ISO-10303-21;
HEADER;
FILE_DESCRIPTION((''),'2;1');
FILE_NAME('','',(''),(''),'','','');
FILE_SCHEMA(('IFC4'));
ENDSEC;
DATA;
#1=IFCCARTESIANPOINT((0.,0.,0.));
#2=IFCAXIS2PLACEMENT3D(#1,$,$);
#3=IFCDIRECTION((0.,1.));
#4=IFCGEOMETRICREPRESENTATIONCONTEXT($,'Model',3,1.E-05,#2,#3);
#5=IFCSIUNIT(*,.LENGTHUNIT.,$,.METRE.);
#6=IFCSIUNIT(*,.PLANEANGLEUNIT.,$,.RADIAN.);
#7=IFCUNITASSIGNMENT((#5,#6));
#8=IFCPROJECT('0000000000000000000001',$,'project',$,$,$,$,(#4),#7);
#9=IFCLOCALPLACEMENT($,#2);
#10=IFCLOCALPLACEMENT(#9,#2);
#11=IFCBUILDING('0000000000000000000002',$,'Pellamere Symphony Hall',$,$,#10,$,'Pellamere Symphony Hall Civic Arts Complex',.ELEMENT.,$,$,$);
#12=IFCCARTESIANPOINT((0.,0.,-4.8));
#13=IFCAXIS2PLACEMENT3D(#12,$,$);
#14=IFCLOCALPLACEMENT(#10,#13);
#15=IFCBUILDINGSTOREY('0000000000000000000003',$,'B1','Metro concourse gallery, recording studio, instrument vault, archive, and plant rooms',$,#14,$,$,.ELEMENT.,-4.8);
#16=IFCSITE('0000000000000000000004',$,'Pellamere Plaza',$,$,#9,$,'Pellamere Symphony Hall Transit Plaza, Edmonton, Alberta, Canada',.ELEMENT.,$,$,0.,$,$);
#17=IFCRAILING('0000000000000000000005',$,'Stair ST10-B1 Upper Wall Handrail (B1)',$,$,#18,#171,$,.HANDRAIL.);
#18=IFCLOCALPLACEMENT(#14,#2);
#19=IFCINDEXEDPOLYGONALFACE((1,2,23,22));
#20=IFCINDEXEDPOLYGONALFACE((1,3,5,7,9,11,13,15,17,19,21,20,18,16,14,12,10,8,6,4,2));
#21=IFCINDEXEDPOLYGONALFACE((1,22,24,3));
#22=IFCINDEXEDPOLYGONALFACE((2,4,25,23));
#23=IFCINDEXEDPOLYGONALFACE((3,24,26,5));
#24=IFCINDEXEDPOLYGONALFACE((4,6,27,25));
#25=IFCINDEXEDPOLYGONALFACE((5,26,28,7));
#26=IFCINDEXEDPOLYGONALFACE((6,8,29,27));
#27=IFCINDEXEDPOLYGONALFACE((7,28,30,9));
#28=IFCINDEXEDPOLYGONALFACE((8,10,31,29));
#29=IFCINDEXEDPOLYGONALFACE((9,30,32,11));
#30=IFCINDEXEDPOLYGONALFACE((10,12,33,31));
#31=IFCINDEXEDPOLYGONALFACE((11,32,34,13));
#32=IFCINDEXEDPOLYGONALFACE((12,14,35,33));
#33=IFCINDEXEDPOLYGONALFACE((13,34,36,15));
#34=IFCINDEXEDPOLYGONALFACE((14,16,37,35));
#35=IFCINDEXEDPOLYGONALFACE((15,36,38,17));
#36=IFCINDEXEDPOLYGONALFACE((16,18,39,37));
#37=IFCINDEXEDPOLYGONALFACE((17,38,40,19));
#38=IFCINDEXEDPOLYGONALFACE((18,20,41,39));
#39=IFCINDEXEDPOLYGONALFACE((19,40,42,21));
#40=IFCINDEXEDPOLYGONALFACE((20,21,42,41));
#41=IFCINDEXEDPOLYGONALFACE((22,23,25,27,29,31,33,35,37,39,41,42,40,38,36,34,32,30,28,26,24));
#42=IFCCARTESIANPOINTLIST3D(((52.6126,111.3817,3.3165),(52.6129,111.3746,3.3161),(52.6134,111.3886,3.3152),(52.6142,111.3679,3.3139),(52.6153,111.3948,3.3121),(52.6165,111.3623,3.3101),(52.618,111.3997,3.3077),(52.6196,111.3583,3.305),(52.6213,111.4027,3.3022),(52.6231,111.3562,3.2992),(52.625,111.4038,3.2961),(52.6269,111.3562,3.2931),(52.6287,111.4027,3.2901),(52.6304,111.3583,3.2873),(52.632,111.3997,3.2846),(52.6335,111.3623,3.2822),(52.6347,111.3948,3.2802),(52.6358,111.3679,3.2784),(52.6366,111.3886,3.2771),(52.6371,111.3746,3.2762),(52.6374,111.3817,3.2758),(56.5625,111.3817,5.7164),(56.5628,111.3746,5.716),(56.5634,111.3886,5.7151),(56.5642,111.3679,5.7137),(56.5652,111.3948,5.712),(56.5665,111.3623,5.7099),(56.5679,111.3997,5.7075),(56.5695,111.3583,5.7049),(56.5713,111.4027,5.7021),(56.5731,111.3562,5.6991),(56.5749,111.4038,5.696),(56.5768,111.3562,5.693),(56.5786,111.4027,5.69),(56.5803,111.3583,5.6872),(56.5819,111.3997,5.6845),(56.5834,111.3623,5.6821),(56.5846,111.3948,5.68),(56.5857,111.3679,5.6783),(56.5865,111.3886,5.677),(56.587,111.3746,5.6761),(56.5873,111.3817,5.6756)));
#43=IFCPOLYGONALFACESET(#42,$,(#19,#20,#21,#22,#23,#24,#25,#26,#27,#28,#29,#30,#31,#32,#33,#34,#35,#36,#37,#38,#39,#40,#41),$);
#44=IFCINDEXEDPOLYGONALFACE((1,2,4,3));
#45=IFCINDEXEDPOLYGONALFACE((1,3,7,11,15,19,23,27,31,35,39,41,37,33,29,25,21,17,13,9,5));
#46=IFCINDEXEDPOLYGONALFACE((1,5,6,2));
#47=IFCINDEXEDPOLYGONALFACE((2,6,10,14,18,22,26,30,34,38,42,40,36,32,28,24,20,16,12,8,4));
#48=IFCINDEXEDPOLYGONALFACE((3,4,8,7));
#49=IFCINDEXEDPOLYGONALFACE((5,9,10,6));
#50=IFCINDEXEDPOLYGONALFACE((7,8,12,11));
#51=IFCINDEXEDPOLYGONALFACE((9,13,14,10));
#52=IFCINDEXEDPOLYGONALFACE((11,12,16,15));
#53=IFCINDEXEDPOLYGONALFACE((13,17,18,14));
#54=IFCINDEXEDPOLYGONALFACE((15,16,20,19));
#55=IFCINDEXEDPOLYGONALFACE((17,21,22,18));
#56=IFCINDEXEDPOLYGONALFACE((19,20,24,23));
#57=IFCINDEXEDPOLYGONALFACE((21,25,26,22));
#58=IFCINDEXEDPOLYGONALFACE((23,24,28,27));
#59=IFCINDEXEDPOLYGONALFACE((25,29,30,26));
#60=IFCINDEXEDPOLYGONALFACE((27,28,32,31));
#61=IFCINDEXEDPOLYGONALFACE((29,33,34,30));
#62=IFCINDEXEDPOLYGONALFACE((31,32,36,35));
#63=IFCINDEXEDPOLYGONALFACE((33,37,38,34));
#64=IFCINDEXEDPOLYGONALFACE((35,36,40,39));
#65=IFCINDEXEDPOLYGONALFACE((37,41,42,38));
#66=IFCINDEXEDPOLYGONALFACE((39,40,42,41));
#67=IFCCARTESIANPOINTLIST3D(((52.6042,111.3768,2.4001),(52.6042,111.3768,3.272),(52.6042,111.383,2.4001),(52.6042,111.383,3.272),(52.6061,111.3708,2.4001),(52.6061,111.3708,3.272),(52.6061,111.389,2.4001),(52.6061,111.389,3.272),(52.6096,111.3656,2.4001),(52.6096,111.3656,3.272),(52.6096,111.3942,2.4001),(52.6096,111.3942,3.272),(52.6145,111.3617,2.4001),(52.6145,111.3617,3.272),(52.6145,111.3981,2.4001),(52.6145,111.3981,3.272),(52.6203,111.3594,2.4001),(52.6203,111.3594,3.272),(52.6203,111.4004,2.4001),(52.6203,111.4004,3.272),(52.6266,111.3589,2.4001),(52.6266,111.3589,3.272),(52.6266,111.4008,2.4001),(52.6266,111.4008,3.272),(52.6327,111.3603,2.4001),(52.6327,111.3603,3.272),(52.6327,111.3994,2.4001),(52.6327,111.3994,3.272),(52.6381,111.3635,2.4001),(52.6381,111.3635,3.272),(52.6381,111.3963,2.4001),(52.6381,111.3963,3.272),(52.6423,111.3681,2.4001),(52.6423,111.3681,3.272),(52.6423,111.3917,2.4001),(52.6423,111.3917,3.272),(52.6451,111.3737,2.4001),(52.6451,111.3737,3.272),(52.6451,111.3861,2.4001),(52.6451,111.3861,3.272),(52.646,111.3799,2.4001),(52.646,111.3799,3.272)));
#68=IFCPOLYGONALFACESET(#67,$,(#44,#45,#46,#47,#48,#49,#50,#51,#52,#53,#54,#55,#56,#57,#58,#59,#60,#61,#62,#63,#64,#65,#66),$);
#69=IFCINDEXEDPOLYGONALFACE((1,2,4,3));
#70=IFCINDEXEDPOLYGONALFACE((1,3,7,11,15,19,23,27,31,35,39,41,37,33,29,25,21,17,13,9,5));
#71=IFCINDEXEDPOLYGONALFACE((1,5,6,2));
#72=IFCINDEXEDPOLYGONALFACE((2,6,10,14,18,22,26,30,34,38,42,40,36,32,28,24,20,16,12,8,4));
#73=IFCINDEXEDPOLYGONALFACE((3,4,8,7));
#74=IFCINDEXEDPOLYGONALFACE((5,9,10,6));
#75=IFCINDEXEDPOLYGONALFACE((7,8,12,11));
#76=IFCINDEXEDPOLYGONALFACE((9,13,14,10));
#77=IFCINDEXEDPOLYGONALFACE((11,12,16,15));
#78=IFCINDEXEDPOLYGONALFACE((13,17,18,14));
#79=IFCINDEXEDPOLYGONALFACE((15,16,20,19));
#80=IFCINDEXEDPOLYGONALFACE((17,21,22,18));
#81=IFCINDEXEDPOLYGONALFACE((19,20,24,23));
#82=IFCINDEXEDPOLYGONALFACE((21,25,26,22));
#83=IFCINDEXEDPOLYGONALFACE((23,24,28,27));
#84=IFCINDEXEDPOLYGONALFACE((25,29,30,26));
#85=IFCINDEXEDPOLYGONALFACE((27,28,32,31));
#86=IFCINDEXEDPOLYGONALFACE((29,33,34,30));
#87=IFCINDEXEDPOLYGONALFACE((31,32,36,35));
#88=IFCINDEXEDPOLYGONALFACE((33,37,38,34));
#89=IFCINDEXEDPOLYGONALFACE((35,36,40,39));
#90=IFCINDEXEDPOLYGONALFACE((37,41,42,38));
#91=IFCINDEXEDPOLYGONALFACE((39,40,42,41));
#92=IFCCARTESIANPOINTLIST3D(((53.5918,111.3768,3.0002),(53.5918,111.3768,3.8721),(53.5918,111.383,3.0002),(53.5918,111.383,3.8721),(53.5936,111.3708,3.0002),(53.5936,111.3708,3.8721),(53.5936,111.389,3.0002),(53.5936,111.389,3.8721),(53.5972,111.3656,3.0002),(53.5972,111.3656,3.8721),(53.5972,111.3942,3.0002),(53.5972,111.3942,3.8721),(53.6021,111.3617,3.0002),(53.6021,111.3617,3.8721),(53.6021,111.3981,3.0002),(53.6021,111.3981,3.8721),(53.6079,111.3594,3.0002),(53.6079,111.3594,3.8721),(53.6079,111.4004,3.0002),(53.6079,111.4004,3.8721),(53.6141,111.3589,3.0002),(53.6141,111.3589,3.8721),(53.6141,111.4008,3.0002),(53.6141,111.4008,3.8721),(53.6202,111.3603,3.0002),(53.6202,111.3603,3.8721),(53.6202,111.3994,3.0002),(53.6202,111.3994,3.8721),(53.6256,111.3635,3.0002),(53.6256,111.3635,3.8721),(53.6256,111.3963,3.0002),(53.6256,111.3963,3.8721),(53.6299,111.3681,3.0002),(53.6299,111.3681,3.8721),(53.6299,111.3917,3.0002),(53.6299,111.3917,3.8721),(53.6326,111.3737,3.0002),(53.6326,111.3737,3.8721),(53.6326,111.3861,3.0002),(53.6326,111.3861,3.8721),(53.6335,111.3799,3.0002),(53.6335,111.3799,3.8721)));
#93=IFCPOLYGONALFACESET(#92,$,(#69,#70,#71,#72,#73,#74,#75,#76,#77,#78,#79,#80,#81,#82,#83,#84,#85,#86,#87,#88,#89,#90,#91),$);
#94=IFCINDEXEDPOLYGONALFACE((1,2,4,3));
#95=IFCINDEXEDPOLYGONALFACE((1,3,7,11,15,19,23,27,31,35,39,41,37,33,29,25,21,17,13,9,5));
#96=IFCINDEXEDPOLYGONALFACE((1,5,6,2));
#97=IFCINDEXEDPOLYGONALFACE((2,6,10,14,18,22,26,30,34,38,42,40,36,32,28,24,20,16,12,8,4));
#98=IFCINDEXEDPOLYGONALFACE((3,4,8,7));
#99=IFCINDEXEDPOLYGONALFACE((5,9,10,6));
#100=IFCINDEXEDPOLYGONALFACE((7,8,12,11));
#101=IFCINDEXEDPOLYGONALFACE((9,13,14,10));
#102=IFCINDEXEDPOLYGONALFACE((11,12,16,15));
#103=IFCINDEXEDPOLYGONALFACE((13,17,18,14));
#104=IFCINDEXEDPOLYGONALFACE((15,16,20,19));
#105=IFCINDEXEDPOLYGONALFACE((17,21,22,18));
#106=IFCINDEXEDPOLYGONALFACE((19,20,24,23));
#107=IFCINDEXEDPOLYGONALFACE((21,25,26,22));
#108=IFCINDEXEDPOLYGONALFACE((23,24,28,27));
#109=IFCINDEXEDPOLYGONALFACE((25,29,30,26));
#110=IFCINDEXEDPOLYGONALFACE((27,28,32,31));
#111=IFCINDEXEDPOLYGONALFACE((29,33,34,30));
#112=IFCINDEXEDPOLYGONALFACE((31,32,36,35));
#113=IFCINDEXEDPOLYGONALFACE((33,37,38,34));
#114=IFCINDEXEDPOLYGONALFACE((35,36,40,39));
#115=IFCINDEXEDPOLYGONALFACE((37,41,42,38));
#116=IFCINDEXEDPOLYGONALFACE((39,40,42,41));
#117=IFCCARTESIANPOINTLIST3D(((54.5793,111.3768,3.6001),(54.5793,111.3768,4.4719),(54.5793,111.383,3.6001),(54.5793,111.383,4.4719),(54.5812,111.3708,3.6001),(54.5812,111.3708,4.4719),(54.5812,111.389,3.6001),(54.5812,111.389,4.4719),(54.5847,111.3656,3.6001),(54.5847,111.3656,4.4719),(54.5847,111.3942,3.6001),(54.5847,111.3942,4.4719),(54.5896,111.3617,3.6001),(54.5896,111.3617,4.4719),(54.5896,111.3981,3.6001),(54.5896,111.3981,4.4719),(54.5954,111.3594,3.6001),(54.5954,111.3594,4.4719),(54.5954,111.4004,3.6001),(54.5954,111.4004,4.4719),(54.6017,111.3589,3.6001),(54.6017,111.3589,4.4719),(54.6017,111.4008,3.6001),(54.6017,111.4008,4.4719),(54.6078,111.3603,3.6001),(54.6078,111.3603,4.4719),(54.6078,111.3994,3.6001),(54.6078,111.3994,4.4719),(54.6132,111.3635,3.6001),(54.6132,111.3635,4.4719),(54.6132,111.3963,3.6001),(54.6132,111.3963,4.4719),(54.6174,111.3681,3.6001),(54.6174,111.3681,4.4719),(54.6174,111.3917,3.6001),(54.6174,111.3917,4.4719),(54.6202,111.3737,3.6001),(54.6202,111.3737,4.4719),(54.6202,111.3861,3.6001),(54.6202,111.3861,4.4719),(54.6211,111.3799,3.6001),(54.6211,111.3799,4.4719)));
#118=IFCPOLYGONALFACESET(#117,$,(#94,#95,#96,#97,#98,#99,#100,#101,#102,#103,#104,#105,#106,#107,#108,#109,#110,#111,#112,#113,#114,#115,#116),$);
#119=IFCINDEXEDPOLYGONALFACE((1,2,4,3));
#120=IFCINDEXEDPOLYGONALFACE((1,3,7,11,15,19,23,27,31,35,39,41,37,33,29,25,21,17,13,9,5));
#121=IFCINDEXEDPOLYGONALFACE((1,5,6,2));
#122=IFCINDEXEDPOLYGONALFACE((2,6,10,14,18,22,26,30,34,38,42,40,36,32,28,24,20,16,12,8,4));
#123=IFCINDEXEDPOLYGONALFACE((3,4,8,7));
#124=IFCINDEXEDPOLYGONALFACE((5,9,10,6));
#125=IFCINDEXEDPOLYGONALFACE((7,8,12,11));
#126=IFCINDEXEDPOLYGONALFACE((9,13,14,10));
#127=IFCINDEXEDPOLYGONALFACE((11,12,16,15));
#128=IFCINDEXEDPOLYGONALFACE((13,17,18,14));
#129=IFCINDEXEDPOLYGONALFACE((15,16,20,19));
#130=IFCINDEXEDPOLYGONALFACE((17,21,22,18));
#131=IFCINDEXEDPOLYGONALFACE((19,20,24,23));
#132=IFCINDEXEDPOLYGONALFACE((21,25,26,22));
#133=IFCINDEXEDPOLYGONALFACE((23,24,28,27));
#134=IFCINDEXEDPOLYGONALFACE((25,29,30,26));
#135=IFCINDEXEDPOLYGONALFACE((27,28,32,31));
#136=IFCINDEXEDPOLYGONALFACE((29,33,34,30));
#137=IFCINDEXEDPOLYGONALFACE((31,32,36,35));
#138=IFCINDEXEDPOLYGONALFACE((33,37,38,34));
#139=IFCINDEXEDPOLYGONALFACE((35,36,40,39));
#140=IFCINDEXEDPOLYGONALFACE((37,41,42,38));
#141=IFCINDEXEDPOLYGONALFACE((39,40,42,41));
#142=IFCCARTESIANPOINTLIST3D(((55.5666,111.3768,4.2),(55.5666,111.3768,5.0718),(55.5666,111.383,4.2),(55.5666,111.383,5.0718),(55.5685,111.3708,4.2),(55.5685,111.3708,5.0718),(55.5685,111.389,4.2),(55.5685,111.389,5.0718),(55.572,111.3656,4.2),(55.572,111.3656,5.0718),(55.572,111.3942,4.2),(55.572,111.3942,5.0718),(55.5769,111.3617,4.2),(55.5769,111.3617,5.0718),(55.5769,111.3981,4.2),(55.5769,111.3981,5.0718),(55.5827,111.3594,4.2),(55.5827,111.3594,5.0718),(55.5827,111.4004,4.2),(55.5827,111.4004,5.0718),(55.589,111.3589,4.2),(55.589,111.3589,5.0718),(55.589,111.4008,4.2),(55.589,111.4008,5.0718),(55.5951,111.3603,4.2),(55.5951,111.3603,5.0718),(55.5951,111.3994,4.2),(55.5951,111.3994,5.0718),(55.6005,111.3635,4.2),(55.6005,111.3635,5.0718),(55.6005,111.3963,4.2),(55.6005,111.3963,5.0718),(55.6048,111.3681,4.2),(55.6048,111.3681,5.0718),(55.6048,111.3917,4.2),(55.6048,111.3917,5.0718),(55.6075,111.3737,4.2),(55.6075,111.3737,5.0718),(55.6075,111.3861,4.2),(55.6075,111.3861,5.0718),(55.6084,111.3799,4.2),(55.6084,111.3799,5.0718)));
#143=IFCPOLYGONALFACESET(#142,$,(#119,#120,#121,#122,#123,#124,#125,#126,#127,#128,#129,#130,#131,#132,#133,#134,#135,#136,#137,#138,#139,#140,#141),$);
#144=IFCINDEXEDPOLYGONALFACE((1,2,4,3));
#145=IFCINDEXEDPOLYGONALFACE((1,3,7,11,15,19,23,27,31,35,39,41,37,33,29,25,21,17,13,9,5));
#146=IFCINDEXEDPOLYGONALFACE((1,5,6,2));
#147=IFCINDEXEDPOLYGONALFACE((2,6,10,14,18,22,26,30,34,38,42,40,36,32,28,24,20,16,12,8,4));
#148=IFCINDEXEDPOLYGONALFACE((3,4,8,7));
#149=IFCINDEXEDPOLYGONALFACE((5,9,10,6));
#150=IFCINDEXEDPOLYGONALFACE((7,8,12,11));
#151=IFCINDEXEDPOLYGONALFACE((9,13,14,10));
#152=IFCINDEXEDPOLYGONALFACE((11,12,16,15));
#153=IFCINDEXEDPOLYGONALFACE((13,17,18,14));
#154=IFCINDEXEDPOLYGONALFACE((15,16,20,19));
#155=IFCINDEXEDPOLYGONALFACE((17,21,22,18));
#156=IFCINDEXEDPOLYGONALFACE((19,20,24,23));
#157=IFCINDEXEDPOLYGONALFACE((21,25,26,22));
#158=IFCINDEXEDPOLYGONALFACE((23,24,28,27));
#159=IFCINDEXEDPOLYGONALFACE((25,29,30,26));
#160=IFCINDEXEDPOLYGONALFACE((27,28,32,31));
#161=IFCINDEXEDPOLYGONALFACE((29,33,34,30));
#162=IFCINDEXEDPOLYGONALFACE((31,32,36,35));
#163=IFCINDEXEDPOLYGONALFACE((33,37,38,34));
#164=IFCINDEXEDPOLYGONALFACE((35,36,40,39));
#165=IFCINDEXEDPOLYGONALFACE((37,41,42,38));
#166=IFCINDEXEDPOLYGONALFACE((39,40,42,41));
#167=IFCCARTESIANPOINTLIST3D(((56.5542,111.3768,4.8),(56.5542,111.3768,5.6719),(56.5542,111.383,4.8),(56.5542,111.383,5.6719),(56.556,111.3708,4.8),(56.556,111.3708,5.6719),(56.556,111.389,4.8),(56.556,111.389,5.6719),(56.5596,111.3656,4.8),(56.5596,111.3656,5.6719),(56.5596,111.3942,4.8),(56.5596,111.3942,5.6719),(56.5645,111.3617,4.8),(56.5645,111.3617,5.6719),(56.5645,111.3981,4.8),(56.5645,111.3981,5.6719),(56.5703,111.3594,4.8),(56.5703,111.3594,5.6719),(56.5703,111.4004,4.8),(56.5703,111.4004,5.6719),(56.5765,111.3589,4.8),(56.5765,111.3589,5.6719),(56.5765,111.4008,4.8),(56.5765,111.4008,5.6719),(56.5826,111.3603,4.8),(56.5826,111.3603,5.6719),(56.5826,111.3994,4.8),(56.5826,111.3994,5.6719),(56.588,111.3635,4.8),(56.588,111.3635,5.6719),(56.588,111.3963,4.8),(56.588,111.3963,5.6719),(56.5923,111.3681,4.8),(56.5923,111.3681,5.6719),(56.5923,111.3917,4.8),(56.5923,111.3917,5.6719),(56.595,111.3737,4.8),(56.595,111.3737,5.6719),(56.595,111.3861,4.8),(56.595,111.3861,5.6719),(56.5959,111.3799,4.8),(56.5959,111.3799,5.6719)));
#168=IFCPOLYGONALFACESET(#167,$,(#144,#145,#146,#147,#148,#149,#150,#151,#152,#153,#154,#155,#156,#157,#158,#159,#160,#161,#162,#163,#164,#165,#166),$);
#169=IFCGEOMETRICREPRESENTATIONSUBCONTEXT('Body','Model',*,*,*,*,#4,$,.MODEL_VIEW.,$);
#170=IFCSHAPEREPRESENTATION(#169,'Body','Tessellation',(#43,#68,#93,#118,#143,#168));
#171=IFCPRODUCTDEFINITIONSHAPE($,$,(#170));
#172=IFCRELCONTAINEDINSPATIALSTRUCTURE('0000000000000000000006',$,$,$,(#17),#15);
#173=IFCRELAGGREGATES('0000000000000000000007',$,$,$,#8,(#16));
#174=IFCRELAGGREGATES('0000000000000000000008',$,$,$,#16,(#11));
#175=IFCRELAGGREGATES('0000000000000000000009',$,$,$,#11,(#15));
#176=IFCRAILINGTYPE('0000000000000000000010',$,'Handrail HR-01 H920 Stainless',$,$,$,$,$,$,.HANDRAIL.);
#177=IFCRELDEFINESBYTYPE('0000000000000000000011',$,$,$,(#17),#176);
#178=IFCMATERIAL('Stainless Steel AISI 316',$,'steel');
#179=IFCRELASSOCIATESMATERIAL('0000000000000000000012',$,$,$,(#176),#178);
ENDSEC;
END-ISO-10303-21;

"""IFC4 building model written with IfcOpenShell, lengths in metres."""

from ifc_helpers import new_model, si_unit, direction, frame, origin, origin_2d, place, context, subcontext, project, spatial, circle, extrude, material, type_object, element, save


model = new_model("IFC4")

# Units and contexts
model_context = context("Model", 3, precision=1e-05, world=origin(), true_north=direction((0.0, 1.0)))
body_context = subcontext(model_context, "Body", "Model", "MODEL_VIEW")
ifc_project = project(units=[si_unit("LENGTHUNIT", "METRE"), si_unit("PLANEANGLEUNIT", "RADIAN")], contexts=[model_context])

# Site, building, storey
site_placement = place(None, origin())
site = spatial("IfcSite", under=ifc_project, at=site_placement, Name="Pellamere Plaza", LongName="Pellamere Symphony Hall Transit Plaza, Edmonton, Alberta, Canada", CompositionType="ELEMENT", RefElevation=0.0)
building_placement = place(site_placement, origin())
building = spatial("IfcBuilding", under=site, at=building_placement, Name="Pellamere Symphony Hall", LongName="Pellamere Symphony Hall Civic Arts Complex", CompositionType="ELEMENT")
storey_placement = place(building_placement, frame((0.0, 0.0, -4.8)))
storey = spatial("IfcBuildingStorey", under=building, at=storey_placement, Name="B1", Description="Metro concourse gallery, recording studio, instrument vault, archive, and plant rooms", CompositionType="ELEMENT", Elevation=-4.8)

# Railing
ifc_material_1 = material(Name="Stainless Steel AISI 316", Category="steel")
railing_type_1 = type_object("IfcRailingType", Name="Handrail HR-01 H920 Stainless", PredefinedType="HANDRAIL", material=ifc_material_1)
railing_1_placement = place(storey_placement, frame((52.625, 111.3799, 2.4001)))
element("IfcRailing", 1, at=railing_1_placement, inside=storey, type_object=railing_type_1, Name="Stair ST10-B1 Upper Wall Handrail (B1)", PredefinedType="HANDRAIL", context=body_context, shape_type="SweptSolid", body=[
    extrude(circle(Radius=0.0239, at=origin_2d()), frame((0.0, 0.0, 0.896), z_axis=(0.854623, 0.0, 0.51925), x_axis=(0.0, 1.0, 0.0)), (0.0, 0.0, 1.0), 4.6218),
    extrude(circle(Radius=0.021, at=origin_2d()), origin(), (0.0, 0.0, 1.0), 0.8718),
    extrude(circle(Radius=0.021, at=origin_2d()), frame((0.9875, 0.0, 0.6001)), (0.0, 0.0, 1.0), 0.8718),
    extrude(circle(Radius=0.021, at=origin_2d()), frame((1.9751, 0.0, 1.2)), (0.0, 0.0, 1.0), 0.8718),
    extrude(circle(Radius=0.021, at=origin_2d()), frame((2.9624, 0.0, 1.7998)), (0.0, 0.0, 1.0), 0.8718),
    extrude(circle(Radius=0.021, at=origin_2d()), frame((3.95, 0.0, 2.3999)), (0.0, 0.0, 1.0), 0.8718),
])

save(model, "model.ifc")
